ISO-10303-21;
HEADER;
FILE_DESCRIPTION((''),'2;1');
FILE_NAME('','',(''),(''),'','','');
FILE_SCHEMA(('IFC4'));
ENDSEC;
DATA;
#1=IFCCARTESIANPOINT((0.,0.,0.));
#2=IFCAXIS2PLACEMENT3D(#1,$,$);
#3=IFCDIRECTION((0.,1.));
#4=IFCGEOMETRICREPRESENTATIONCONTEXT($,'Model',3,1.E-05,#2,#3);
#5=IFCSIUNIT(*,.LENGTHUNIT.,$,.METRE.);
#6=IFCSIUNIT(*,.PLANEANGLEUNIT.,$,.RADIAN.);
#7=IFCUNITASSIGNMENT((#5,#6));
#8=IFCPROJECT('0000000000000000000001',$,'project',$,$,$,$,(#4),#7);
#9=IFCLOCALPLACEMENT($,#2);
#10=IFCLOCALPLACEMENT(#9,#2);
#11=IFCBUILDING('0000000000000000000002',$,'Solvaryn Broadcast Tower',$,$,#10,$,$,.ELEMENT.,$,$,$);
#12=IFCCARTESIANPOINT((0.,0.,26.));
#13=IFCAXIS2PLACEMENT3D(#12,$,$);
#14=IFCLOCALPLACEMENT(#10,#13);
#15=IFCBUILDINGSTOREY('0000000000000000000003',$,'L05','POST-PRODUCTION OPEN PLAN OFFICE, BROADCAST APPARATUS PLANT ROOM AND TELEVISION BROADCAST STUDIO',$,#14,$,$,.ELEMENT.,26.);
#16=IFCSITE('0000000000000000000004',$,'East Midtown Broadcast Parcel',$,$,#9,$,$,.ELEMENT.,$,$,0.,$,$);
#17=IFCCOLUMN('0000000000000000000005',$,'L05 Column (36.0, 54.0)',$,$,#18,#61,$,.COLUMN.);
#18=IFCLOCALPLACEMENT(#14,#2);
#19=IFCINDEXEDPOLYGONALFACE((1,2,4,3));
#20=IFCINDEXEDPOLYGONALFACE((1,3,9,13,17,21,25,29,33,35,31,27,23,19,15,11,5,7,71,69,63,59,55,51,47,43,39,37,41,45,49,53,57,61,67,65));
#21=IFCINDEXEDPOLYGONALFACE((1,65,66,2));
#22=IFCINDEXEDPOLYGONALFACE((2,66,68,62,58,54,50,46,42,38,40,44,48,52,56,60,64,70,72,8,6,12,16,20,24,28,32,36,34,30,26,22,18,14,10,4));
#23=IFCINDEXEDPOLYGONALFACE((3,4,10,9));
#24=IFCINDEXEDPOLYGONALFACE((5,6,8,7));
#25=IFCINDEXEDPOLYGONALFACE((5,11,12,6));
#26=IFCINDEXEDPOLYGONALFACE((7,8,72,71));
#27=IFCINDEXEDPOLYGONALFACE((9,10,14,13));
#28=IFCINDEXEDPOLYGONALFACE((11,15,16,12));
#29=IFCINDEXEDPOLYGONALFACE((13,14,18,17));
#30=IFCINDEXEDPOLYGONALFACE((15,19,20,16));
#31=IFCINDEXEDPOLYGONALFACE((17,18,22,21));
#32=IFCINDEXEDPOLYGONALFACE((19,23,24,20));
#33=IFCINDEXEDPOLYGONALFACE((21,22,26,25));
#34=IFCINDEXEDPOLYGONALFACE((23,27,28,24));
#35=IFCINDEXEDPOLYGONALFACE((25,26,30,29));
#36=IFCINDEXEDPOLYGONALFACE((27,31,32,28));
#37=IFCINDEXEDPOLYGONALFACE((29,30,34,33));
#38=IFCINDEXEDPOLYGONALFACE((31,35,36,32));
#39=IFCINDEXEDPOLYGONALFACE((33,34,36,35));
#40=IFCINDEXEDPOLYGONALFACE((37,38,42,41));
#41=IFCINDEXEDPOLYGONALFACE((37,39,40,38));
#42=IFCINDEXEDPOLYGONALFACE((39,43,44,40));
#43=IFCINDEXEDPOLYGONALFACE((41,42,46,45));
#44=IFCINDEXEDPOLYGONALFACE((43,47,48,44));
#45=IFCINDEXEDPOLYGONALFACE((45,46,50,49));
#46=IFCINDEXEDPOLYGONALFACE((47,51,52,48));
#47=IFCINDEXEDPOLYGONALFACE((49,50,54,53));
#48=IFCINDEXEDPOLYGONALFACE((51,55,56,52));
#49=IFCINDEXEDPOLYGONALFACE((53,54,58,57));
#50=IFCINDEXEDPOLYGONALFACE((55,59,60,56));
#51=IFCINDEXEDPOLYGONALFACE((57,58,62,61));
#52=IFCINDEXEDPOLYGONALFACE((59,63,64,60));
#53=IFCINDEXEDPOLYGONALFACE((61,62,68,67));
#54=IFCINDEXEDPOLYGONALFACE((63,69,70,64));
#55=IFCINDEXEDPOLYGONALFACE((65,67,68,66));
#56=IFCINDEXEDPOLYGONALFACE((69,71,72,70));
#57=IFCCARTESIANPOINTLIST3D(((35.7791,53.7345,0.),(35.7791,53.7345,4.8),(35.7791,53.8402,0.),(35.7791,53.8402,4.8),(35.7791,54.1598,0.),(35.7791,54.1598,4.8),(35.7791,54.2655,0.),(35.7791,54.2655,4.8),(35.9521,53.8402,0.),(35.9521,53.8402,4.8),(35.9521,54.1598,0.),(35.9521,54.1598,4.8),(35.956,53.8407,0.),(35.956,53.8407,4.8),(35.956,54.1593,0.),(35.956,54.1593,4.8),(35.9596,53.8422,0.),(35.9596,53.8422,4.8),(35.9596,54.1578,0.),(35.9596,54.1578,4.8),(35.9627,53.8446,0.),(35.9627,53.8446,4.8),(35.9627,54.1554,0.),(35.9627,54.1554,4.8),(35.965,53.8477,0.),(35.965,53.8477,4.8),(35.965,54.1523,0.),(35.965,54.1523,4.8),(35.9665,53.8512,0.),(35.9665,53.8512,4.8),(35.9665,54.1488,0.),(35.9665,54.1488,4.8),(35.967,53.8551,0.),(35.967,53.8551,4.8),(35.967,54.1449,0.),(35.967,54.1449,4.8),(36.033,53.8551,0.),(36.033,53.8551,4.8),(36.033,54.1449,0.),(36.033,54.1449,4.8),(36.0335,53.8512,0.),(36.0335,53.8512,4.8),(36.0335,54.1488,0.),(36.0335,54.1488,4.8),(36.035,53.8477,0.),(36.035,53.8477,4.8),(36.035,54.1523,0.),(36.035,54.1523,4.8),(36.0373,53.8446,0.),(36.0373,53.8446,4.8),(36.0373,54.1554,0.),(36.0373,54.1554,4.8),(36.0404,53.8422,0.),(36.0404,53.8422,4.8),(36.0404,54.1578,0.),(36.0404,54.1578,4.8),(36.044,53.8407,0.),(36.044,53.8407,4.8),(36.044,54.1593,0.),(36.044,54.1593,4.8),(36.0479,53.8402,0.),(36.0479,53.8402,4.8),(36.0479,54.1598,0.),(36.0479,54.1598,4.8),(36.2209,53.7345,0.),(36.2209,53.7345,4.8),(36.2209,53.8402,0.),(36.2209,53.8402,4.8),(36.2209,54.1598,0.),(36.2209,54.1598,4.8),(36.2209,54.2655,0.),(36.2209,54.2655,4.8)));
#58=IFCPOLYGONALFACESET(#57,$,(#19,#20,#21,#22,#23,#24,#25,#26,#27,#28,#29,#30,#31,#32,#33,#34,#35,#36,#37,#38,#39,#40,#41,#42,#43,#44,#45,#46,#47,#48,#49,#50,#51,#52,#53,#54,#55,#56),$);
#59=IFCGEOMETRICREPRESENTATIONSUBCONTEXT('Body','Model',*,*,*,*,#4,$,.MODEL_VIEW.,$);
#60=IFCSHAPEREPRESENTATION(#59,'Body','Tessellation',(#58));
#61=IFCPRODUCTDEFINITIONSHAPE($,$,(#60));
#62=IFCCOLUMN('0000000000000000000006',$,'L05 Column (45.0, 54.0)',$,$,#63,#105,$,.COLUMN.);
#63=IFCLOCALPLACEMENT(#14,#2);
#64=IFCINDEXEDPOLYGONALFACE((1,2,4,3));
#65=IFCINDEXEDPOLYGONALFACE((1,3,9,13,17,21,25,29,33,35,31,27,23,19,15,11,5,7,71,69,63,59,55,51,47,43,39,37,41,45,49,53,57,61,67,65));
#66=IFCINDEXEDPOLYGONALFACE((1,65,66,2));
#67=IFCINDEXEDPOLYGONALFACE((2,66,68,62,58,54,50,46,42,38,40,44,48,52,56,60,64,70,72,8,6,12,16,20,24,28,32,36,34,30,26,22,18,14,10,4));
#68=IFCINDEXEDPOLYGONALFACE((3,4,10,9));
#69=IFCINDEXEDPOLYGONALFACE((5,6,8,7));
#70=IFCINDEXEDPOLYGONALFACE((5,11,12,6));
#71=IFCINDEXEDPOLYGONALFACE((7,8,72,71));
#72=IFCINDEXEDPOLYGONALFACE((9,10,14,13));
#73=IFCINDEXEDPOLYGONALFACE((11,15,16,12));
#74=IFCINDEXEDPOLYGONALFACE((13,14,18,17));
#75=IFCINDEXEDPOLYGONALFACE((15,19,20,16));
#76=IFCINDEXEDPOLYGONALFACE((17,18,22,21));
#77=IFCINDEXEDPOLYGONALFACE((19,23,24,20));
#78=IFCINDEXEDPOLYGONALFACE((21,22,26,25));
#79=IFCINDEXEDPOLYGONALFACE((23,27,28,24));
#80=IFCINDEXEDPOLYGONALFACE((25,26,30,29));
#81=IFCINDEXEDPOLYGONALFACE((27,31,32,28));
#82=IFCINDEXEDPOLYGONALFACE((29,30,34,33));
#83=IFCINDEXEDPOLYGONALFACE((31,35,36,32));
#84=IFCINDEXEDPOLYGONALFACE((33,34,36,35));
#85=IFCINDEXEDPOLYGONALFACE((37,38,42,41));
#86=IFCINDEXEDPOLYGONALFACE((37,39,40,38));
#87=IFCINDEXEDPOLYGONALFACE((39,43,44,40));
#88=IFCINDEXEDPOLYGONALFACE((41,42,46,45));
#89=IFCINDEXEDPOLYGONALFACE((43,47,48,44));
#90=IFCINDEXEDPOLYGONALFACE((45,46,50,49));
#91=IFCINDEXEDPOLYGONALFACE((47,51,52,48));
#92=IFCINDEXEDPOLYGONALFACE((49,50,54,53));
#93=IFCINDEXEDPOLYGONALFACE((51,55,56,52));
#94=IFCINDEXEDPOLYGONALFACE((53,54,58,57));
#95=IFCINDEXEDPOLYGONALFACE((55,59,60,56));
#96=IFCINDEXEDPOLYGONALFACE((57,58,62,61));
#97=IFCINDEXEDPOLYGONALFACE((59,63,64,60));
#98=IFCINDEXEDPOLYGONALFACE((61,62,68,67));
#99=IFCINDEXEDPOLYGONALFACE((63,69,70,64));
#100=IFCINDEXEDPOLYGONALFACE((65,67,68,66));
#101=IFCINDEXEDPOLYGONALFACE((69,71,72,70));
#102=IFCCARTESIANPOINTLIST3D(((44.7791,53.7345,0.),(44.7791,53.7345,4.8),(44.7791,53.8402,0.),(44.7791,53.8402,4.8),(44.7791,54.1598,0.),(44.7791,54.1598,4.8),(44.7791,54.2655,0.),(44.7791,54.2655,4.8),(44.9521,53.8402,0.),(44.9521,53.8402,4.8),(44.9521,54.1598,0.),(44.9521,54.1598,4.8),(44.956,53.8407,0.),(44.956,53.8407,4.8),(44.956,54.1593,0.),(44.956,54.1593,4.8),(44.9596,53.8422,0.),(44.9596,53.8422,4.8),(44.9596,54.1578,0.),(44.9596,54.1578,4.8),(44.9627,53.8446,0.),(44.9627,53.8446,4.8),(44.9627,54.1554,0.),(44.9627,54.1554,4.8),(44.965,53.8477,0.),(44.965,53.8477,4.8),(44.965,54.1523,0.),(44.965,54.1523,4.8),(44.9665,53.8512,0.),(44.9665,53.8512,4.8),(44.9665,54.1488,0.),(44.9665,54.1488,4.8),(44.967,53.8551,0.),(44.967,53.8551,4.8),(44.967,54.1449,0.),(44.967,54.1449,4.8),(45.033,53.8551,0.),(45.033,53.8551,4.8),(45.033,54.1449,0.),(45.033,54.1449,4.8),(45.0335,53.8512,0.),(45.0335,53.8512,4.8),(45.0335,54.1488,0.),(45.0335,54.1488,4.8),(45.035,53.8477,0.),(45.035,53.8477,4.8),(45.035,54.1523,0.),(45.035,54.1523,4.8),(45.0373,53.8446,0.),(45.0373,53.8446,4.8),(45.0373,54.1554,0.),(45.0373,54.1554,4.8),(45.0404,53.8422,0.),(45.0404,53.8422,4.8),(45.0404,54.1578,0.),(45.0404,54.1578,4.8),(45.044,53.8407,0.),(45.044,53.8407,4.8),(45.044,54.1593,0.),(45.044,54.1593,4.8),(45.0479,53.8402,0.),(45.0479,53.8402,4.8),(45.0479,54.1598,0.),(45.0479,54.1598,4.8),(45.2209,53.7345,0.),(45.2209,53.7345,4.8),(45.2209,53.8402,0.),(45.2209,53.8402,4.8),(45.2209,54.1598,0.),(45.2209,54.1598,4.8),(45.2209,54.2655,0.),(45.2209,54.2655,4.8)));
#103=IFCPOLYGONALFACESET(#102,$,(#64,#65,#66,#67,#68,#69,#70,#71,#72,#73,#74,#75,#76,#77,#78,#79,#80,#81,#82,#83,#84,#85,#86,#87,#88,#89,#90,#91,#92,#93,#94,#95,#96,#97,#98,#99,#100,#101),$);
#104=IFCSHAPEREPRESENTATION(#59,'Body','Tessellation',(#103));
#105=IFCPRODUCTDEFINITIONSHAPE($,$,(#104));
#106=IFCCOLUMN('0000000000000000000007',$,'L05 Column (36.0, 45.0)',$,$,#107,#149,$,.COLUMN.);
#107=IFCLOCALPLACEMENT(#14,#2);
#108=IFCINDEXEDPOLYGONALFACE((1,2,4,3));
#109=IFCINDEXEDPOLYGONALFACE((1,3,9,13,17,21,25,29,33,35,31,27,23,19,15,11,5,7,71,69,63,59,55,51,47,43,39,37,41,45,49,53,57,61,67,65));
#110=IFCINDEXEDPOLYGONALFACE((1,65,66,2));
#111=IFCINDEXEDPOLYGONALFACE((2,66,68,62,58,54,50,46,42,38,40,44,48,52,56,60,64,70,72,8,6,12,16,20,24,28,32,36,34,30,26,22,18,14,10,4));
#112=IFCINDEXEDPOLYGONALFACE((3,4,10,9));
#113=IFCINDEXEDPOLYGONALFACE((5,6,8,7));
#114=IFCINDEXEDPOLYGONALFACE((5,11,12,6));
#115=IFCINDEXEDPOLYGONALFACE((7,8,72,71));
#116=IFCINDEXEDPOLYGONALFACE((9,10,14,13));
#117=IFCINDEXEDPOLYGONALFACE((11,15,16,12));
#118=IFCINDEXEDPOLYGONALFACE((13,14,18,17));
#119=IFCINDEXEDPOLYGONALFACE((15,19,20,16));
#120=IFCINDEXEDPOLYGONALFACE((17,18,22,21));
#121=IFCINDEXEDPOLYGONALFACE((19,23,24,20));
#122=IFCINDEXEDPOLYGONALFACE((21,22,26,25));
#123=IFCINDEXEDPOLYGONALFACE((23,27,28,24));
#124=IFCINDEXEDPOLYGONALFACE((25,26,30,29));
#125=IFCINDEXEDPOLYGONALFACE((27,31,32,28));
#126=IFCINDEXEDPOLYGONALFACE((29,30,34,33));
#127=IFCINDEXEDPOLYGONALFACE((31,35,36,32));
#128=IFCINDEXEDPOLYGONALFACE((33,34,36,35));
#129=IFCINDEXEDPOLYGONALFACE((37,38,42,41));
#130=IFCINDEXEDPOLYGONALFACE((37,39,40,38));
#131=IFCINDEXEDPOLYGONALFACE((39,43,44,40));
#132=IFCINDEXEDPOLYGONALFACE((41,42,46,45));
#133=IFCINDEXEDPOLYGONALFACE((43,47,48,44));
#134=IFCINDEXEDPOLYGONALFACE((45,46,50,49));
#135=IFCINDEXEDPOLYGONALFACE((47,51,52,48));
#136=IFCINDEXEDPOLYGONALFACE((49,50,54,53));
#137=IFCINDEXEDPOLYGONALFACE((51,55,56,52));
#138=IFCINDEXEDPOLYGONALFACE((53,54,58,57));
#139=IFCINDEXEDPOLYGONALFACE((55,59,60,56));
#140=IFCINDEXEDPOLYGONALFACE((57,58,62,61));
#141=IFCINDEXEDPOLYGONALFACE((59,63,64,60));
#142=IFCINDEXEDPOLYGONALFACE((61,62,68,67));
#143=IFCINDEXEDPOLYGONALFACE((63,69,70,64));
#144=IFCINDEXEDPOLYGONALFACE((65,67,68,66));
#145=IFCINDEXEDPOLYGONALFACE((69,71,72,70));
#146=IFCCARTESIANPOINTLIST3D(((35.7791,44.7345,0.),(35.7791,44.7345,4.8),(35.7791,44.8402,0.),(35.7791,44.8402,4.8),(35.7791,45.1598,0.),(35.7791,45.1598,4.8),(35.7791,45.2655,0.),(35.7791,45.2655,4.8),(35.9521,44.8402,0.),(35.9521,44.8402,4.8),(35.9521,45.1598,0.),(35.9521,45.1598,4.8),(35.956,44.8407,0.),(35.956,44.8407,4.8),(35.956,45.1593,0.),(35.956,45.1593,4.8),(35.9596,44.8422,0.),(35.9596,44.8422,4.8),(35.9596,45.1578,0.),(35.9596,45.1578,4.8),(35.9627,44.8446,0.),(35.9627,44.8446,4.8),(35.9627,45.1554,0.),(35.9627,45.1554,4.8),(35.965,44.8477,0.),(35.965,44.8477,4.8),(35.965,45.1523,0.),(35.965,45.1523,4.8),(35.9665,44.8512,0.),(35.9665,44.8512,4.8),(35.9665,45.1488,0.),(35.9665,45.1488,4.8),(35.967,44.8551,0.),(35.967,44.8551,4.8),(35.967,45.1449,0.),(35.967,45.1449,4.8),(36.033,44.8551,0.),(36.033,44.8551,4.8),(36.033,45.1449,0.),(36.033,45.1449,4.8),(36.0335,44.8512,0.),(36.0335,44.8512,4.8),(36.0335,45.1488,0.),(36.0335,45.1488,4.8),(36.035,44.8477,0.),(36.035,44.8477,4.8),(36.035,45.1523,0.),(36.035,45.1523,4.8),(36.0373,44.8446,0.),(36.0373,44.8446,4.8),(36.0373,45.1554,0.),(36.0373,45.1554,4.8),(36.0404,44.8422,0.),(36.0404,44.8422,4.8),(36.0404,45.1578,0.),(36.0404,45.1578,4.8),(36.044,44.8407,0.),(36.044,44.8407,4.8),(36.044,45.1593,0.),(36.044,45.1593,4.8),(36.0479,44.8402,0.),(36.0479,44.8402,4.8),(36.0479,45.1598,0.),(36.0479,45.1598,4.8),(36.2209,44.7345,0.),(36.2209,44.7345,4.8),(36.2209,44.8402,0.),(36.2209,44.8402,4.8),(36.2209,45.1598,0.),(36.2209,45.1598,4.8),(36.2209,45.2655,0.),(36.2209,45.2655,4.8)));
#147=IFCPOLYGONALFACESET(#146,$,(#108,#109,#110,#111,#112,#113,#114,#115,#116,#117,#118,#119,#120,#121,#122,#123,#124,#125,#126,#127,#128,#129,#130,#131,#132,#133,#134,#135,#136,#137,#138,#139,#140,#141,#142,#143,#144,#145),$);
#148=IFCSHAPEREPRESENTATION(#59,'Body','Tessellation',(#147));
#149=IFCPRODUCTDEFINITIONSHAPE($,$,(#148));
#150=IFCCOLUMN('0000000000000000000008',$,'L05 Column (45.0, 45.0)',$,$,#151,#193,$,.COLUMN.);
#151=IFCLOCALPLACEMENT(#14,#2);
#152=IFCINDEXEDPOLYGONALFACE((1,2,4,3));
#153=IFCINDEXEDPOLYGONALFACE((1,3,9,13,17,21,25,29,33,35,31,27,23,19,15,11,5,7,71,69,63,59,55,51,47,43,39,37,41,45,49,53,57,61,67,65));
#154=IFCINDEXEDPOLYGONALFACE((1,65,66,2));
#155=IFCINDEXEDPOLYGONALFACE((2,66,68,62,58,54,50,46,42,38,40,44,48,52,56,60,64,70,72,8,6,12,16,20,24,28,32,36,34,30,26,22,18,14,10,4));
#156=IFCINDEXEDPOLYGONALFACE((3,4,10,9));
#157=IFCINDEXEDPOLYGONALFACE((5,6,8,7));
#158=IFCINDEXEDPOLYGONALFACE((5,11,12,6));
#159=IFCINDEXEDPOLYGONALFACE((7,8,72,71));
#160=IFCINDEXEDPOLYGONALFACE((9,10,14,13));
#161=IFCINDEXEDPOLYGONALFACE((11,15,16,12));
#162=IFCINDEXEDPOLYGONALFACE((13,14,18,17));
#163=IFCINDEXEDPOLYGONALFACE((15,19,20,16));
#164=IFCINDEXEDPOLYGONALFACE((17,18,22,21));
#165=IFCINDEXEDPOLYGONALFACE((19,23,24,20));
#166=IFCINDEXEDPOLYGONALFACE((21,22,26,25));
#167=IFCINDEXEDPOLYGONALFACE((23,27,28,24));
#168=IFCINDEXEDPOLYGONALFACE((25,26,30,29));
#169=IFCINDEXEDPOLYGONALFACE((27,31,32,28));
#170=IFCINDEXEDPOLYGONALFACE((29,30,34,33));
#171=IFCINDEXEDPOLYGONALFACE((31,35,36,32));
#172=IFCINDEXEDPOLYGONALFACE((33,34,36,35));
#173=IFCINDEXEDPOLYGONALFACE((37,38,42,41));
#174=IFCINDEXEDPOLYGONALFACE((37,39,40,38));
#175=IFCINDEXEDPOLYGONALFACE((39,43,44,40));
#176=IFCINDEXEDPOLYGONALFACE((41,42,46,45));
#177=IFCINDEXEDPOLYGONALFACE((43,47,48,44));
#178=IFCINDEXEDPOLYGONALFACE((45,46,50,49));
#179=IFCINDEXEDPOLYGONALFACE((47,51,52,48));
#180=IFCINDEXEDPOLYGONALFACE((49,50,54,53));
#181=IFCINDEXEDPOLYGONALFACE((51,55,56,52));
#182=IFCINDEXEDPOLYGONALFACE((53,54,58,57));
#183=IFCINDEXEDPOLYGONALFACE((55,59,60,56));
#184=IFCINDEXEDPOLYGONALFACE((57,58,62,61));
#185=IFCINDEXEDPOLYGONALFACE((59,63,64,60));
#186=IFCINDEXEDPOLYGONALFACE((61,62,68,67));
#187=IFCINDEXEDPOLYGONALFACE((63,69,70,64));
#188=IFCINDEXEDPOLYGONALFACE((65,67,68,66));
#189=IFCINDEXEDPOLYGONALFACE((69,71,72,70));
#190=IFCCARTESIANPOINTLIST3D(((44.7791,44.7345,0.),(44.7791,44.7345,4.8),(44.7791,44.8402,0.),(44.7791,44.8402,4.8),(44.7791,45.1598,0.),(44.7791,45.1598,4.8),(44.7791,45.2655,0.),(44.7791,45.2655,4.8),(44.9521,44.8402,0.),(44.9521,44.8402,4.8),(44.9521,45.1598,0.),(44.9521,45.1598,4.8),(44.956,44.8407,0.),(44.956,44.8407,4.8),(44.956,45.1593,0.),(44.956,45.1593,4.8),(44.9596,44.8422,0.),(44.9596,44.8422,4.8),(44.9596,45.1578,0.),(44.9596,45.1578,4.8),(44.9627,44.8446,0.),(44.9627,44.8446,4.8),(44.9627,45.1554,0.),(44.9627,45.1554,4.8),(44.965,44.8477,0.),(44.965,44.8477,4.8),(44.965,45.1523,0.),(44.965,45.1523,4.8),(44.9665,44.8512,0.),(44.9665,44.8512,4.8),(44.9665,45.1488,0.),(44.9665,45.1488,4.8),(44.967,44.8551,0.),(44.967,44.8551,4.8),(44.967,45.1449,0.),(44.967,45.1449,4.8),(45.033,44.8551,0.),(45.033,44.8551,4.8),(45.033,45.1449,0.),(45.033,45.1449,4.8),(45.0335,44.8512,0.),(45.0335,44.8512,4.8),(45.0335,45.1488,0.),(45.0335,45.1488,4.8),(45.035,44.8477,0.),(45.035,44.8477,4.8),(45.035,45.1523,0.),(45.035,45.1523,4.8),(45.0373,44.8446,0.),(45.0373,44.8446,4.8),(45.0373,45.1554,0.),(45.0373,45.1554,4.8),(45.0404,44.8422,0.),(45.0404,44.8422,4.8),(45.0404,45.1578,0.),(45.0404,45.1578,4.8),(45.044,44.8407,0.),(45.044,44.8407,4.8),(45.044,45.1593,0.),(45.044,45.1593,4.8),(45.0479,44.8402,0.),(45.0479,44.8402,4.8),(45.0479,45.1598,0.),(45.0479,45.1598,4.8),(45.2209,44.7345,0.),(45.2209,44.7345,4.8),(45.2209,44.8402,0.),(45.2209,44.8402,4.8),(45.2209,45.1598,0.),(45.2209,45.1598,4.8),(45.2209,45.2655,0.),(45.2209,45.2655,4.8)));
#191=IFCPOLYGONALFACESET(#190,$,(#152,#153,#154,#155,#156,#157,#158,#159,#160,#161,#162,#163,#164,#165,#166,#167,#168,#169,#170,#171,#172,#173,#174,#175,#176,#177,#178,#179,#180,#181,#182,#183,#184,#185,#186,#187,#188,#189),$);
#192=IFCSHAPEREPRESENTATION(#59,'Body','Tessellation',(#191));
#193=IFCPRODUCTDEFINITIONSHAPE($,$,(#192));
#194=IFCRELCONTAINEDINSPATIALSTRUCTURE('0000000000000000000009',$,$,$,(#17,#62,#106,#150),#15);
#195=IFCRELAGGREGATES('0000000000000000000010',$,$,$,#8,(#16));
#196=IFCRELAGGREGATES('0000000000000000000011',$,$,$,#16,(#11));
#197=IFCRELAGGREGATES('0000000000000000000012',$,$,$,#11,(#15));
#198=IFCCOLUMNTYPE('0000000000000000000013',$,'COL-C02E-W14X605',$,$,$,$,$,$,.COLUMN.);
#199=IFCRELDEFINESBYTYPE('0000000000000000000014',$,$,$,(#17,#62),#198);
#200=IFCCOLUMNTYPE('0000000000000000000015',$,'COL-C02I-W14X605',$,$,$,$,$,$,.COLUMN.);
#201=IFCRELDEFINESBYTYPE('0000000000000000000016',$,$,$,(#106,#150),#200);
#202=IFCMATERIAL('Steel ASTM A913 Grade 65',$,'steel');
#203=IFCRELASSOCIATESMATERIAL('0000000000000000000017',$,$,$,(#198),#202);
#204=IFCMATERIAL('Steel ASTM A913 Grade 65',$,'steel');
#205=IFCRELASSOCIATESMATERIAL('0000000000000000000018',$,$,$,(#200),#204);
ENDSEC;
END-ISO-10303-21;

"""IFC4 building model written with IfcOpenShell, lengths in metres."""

from ifc_helpers import new_model, si_unit, direction, frame, origin, origin_2d, place, context, subcontext, project, spatial, i_section, extrude, material, material_profile, profile_set, type_object, element, save


model = new_model("IFC4")

# Units and contexts
model_context = context("Model", 3, precision=1e-05, world=origin(), true_north=direction((0.0, 1.0)))
body_context = subcontext(model_context, "Body", "Model", "MODEL_VIEW")
ifc_project = project(units=[si_unit("LENGTHUNIT", "METRE"), si_unit("PLANEANGLEUNIT", "RADIAN")], contexts=[model_context])

# Site, building, storey
site_placement = place(None, origin())
site = spatial("IfcSite", under=ifc_project, at=site_placement, Name="East Midtown Broadcast Parcel", CompositionType="ELEMENT", RefElevation=0.0)
building_placement = place(site_placement, origin())
building = spatial("IfcBuilding", under=site, at=building_placement, Name="Solvaryn Broadcast Tower", CompositionType="ELEMENT")
storey_placement = place(building_placement, frame((0.0, 0.0, 26.0)))
storey = spatial("IfcBuildingStorey", under=building, at=storey_placement, Name="L05", Description="POST-PRODUCTION OPEN PLAN OFFICE, BROADCAST APPARATUS PLANT ROOM AND TELEVISION BROADCAST STUDIO", CompositionType="ELEMENT", Elevation=26.0)

# Columns
ifc_material_1 = material(Name="Steel ASTM A913 Grade 65", Category="steel")
ifc_material_profile_1 = material_profile(ifc_material_1, i_section(OverallWidth=0.4419, OverallDepth=0.531, WebThickness=0.0659, FlangeThickness=0.1057, FilletRadius=0.0149, at=origin_2d()))
ifc_profile_set_1 = profile_set([ifc_material_profile_1], Name="Steel ASTM A913 Grade 65")
column_type_1 = type_object("IfcColumnType", Name="COL-C02E-W14X605", PredefinedType="COLUMN", material=ifc_profile_set_1)
for number, where, z_axis, x_axis, name in (
    (1, (36.0, 54.0, 0.0), (0.0, 0.0, 1.0), (1.0, 0.0, 0.0), "L05 Column (36.0, 54.0)"),
    (2, (45.0, 54.0, 0.0), (0.0, 0.0, 1.0), (1.0, 0.0, 0.0), "L05 Column (45.0, 54.0)"),
):
    element("IfcColumn", number, at=place(storey_placement, frame(where, z_axis=z_axis, x_axis=x_axis)), inside=storey, type_object=column_type_1, Name=name, PredefinedType="COLUMN", context=body_context, shape_type="SweptSolid", body=[
        extrude(i_section(OverallWidth=0.4419, OverallDepth=0.531, WebThickness=0.0659, FlangeThickness=0.1057, FilletRadius=0.0149, at=origin_2d()), origin(), (0.0, 0.0, 1.0), 4.8),
    ])
ifc_material_2 = material(Name="Steel ASTM A913 Grade 65", Category="steel")
ifc_material_profile_2 = material_profile(ifc_material_2, i_section(OverallWidth=0.4419, OverallDepth=0.531, WebThickness=0.0659, FlangeThickness=0.1057, FilletRadius=0.0149, at=origin_2d()))
ifc_profile_set_2 = profile_set([ifc_material_profile_2], Name="Steel ASTM A913 Grade 65")
column_type_2 = type_object("IfcColumnType", Name="COL-C02I-W14X605", PredefinedType="COLUMN", material=ifc_profile_set_2)
for number, where, z_axis, x_axis, name in (
    (3, (36.0, 45.0, 0.0), (0.0, 0.0, 1.0), (1.0, 0.0, 0.0), "L05 Column (36.0, 45.0)"),
    (4, (45.0, 45.0, 0.0), (0.0, 0.0, 1.0), (1.0, 0.0, 0.0), "L05 Column (45.0, 45.0)"),
):
    element("IfcColumn", number, at=place(storey_placement, frame(where, z_axis=z_axis, x_axis=x_axis)), inside=storey, type_object=column_type_2, Name=name, PredefinedType="COLUMN", context=body_context, shape_type="SweptSolid", body=[
        extrude(i_section(OverallWidth=0.4419, OverallDepth=0.531, WebThickness=0.0659, FlangeThickness=0.1057, FilletRadius=0.0149, at=origin_2d()), origin(), (0.0, 0.0, 1.0), 4.8),
    ])

save(model, "model.ifc")
